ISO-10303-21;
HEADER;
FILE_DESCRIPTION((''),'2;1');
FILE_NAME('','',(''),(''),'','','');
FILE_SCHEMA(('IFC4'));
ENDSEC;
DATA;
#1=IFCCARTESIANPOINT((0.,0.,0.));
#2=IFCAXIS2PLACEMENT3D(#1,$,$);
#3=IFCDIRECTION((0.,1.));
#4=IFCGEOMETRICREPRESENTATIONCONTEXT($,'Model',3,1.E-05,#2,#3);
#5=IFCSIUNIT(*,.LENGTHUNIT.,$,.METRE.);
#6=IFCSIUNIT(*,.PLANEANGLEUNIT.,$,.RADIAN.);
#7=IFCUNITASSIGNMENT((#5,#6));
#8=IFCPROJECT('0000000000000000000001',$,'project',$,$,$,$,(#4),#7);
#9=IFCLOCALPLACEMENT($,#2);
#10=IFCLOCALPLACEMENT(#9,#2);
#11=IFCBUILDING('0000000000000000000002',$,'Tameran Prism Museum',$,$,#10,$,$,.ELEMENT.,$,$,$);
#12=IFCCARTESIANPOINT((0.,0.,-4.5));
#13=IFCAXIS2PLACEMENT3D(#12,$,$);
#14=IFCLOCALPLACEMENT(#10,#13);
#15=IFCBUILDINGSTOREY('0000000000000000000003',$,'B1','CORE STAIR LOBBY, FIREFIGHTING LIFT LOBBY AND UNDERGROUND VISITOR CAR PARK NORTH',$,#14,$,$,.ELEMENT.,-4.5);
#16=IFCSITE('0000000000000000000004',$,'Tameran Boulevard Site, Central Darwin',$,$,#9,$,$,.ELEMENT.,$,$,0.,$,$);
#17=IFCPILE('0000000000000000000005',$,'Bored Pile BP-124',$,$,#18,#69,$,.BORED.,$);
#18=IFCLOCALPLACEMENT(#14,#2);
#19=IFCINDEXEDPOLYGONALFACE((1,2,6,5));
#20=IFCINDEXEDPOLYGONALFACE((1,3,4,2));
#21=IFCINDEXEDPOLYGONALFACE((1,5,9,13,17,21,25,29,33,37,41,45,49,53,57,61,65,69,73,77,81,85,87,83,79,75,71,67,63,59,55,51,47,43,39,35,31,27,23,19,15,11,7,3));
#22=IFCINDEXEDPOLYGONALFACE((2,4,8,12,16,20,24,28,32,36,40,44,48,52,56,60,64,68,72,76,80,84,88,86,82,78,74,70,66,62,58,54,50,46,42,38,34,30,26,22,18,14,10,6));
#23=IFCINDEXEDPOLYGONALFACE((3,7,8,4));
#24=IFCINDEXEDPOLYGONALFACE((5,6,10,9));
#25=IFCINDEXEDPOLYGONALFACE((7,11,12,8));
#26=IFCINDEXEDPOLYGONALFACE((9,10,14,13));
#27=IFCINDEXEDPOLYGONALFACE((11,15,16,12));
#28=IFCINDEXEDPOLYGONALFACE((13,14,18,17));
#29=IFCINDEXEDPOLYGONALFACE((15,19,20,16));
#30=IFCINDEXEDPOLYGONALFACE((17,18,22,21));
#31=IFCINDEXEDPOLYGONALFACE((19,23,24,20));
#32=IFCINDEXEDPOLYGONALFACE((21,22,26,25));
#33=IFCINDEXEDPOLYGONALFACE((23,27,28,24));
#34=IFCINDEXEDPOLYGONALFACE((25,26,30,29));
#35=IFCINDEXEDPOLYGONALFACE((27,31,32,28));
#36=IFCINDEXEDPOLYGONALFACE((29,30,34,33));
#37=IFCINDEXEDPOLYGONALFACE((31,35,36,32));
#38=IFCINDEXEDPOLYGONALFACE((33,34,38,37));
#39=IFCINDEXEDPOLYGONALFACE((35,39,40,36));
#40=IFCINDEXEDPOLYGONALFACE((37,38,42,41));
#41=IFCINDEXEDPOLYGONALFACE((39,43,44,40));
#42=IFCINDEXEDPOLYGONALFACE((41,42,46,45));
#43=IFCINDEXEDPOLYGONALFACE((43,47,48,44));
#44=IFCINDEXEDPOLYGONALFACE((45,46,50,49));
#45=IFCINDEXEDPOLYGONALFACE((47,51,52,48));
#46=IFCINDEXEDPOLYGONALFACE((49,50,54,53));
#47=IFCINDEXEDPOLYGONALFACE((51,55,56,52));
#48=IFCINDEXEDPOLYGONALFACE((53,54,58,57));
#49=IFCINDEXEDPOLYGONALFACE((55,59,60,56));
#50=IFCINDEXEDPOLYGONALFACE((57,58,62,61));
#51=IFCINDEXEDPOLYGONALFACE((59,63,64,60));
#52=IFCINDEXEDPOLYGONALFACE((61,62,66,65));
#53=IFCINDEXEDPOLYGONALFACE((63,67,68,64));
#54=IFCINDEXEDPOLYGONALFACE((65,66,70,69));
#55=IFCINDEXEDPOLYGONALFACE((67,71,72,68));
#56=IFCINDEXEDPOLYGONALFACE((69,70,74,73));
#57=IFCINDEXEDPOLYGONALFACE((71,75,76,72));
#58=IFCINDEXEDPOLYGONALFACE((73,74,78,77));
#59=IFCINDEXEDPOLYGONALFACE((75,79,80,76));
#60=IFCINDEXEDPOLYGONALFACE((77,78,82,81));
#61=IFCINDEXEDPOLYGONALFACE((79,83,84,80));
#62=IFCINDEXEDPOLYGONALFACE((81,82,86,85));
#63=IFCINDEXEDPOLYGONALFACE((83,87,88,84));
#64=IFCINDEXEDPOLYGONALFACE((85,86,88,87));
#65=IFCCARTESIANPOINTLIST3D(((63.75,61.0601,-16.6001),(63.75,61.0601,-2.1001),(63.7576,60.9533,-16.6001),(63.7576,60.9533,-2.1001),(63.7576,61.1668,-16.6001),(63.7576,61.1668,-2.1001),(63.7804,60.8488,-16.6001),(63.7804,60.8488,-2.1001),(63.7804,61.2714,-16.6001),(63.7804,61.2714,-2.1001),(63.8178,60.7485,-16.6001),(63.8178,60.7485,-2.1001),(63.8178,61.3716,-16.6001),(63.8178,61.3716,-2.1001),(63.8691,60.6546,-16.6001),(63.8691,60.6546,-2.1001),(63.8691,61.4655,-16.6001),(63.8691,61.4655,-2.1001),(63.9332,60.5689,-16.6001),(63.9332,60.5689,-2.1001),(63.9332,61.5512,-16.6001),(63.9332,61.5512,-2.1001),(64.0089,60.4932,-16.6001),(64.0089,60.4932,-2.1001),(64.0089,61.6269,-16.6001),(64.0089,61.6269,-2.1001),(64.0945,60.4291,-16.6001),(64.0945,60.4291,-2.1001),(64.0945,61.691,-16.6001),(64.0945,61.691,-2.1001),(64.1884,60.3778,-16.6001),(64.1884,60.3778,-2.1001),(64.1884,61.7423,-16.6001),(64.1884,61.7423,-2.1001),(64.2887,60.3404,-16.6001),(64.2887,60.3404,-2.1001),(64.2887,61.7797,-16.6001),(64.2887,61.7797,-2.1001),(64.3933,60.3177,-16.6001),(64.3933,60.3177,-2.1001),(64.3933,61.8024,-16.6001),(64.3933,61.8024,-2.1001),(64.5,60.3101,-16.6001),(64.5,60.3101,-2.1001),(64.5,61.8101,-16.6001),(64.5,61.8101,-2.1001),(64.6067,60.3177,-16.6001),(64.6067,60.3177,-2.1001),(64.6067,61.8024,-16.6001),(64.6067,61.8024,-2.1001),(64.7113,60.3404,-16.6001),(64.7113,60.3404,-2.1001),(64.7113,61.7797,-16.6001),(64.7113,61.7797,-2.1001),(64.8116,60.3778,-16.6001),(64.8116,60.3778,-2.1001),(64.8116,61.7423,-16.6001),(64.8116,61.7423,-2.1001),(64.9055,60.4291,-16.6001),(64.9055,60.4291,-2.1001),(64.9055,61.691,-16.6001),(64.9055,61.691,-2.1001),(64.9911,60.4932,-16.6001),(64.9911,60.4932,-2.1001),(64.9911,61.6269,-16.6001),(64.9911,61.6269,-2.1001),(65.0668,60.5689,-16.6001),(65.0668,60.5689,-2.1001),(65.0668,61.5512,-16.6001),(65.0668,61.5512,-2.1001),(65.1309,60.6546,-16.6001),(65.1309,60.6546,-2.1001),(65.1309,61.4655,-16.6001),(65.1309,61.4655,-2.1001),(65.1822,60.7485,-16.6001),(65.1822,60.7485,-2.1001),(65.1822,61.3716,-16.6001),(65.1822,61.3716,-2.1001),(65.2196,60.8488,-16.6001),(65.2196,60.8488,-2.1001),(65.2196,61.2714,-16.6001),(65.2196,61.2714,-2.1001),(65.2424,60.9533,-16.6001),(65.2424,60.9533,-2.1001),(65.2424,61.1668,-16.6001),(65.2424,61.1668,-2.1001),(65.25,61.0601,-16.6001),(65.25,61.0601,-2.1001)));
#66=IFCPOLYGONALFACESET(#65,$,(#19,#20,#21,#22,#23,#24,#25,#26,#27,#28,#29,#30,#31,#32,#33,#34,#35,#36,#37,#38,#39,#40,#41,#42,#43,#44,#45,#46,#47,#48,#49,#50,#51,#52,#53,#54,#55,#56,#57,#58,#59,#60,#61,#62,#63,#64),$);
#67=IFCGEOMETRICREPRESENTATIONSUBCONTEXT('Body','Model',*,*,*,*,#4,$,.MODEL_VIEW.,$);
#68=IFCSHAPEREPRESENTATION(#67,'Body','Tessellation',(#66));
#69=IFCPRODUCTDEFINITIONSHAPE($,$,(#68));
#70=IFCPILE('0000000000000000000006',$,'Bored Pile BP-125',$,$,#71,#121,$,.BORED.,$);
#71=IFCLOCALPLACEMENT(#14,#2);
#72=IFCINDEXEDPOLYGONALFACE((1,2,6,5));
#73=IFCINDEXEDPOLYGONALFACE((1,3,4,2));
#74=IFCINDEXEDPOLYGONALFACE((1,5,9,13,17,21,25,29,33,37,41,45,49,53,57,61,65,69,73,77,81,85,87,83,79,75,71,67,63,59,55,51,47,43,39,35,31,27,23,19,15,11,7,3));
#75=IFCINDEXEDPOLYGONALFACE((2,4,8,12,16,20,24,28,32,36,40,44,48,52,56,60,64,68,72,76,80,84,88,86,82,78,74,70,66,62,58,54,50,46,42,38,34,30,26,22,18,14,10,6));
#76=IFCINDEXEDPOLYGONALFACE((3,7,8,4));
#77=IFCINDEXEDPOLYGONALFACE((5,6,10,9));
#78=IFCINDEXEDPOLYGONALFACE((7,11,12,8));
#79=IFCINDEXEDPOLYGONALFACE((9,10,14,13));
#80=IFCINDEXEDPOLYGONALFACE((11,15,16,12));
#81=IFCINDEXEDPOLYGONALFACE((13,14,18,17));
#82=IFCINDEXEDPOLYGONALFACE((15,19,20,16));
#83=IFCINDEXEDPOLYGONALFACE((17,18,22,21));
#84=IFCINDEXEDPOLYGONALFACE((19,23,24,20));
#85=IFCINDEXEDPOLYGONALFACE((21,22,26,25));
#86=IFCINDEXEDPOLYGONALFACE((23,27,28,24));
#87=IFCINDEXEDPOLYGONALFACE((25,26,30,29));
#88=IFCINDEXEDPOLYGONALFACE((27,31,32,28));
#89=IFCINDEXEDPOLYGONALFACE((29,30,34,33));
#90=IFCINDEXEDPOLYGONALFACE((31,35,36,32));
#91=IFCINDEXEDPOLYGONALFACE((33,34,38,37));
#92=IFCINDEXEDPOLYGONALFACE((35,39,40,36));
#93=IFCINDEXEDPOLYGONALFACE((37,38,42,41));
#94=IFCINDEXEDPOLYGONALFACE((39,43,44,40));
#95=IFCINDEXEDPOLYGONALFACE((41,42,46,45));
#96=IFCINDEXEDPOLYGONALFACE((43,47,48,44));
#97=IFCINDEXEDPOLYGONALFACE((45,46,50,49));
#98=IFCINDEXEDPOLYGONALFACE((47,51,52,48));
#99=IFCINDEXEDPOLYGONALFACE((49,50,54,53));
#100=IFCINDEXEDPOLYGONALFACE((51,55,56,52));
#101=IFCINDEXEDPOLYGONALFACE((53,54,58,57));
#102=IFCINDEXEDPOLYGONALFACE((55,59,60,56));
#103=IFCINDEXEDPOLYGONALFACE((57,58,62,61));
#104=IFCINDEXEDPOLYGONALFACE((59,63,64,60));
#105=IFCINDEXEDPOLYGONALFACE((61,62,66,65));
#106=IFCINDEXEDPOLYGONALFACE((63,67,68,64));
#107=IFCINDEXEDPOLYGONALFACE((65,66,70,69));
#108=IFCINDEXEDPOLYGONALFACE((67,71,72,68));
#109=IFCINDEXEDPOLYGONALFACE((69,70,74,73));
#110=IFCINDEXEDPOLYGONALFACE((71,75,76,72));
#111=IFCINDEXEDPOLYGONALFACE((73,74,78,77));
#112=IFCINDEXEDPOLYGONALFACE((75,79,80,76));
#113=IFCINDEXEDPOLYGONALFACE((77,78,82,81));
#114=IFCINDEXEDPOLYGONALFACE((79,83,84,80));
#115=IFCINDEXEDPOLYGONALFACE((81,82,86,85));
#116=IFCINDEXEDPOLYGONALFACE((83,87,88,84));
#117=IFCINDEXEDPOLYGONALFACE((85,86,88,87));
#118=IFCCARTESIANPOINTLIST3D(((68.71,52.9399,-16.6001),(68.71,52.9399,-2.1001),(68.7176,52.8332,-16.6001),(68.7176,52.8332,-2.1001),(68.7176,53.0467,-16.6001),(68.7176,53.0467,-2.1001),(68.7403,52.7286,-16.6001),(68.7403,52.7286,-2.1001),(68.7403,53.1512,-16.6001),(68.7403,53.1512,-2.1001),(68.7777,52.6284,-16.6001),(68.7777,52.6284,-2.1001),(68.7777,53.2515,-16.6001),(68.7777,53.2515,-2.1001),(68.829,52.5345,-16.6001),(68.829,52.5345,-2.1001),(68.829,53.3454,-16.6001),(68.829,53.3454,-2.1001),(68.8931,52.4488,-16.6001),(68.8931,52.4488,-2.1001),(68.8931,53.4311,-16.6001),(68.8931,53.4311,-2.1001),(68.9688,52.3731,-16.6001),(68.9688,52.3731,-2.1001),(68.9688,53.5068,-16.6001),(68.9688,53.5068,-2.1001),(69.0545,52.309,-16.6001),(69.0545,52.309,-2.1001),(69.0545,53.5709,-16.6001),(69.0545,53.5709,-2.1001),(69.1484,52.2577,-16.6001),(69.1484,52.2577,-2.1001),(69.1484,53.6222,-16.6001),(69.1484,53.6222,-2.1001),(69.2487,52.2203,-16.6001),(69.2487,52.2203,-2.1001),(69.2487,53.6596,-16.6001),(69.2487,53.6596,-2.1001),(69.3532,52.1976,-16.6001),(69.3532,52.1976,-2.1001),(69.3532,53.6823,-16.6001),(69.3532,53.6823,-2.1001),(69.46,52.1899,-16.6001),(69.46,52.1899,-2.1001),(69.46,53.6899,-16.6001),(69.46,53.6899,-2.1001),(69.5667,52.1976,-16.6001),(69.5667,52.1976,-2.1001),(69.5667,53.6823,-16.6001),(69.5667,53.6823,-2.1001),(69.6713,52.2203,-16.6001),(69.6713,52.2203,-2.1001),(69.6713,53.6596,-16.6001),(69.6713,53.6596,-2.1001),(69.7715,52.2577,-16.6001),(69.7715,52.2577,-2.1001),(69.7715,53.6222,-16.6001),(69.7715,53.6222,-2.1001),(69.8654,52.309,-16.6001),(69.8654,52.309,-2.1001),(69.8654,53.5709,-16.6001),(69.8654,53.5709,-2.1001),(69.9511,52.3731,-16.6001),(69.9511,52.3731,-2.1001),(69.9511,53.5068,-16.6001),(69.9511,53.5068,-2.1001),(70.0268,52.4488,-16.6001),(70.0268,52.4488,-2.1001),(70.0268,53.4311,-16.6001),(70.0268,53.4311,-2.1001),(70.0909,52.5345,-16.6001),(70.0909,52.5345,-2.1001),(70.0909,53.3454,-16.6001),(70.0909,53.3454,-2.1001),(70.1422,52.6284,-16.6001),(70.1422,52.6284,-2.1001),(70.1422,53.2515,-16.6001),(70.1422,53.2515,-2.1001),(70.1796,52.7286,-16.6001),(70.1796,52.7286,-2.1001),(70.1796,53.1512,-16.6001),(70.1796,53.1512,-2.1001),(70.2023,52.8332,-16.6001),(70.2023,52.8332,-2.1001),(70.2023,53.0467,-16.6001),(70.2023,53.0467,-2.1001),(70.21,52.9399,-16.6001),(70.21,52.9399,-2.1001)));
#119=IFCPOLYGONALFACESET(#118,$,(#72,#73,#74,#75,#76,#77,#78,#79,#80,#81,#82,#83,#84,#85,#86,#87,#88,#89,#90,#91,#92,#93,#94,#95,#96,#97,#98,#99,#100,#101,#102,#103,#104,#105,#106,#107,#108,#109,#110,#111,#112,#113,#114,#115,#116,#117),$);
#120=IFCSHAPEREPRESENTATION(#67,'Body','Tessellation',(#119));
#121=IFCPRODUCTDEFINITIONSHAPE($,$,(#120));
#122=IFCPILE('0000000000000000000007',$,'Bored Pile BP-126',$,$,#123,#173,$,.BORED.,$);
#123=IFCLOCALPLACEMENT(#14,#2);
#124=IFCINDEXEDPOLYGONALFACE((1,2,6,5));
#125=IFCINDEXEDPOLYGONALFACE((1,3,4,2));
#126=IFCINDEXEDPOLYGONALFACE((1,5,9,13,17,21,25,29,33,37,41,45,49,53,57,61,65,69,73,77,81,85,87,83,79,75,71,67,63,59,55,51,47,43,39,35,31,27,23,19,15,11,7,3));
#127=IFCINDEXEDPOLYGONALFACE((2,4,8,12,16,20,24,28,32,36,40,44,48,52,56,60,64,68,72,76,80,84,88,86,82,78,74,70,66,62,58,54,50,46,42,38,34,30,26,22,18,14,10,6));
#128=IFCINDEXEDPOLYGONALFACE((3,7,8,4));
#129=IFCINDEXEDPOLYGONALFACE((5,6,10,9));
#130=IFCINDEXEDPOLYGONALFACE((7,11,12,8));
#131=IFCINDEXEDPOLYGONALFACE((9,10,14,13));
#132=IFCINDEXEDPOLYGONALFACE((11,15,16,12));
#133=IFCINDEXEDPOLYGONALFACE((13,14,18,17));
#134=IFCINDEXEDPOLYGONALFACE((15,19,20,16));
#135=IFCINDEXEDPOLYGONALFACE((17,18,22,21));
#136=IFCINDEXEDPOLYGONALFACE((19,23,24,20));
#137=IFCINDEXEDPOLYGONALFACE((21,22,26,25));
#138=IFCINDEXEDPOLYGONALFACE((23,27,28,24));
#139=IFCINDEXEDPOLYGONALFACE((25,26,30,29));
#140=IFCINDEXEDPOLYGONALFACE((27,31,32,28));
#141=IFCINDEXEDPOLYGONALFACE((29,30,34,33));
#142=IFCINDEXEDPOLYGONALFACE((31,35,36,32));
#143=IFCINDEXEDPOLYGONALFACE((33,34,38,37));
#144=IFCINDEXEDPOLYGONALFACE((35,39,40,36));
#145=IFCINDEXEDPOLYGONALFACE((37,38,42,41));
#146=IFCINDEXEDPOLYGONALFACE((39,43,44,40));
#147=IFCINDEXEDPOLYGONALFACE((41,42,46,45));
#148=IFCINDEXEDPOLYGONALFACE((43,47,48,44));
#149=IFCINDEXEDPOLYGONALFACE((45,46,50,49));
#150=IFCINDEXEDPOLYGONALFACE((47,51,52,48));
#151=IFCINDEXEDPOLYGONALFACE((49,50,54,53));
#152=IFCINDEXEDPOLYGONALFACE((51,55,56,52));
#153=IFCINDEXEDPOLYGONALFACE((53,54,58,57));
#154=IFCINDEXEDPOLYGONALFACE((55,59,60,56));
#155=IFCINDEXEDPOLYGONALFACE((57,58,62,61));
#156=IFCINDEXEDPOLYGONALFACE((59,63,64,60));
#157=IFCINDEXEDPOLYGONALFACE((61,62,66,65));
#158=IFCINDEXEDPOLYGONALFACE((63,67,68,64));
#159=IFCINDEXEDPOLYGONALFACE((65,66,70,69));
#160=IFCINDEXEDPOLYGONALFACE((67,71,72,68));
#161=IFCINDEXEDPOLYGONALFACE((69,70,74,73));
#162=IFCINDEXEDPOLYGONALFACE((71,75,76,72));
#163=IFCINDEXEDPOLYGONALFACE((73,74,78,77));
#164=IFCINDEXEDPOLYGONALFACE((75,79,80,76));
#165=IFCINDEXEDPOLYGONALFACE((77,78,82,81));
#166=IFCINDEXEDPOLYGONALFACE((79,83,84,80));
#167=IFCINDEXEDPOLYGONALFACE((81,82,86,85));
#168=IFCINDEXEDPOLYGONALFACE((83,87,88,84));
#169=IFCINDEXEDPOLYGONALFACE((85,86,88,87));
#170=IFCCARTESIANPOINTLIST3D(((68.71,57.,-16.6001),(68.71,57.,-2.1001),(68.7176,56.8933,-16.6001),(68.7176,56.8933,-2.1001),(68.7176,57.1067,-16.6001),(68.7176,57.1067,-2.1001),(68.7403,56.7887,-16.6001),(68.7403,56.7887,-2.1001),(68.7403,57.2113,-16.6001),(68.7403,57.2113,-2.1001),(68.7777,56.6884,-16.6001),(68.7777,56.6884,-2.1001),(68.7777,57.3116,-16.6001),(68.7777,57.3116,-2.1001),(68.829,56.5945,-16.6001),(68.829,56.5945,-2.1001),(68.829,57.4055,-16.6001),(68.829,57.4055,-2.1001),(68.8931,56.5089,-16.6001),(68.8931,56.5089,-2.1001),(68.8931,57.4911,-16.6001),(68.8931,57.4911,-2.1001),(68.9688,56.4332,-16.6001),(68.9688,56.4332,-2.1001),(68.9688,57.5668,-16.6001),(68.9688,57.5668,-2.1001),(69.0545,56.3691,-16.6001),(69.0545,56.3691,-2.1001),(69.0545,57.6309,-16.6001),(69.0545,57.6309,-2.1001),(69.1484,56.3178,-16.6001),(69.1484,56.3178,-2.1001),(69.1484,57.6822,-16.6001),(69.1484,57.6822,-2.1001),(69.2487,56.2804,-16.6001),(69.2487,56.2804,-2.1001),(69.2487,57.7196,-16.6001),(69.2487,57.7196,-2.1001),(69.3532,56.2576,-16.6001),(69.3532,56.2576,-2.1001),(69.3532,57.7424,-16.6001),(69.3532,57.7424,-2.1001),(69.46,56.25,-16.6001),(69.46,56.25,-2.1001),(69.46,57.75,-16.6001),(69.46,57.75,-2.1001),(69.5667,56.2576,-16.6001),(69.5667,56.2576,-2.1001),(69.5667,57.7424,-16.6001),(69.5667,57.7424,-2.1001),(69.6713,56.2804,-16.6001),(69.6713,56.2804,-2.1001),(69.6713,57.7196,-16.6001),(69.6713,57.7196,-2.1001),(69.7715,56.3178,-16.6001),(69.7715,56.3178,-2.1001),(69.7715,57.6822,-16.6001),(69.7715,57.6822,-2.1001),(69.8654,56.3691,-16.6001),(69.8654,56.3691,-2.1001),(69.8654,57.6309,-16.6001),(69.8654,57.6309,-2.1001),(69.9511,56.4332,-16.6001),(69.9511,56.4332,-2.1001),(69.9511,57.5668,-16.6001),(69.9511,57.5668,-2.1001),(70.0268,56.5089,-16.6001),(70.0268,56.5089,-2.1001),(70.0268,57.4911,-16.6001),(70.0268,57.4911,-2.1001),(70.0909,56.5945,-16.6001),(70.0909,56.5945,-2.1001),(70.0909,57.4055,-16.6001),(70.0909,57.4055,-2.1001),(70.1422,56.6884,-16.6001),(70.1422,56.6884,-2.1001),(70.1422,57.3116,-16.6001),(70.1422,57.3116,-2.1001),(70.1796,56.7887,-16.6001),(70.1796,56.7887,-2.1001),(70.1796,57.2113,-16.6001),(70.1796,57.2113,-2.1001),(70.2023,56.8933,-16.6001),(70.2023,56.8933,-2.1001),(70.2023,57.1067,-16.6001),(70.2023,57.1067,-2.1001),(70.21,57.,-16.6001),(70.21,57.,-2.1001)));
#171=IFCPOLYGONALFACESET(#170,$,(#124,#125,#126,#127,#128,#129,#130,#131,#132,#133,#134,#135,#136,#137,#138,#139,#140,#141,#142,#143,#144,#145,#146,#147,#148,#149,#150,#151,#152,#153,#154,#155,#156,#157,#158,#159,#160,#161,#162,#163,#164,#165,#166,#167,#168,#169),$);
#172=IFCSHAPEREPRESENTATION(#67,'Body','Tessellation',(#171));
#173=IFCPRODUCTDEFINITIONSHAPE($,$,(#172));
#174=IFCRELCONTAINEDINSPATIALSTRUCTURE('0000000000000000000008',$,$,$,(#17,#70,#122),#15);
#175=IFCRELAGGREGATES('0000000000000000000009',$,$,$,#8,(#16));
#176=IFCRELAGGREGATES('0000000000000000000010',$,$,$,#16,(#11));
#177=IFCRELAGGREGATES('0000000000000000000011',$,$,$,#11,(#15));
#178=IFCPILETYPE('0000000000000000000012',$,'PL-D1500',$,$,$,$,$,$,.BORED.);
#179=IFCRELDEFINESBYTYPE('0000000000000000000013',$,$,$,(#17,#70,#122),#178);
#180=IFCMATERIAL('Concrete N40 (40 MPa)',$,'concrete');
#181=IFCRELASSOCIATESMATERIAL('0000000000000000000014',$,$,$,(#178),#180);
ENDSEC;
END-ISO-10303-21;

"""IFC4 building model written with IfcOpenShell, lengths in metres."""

from ifc_helpers import new_model, si_unit, direction, frame, origin, origin_2d, place, context, subcontext, project, spatial, circle, extrude, material, material_profile, profile_set, type_object, element, save


model = new_model("IFC4")

# Units and contexts
model_context = context("Model", 3, precision=1e-05, world=origin(), true_north=direction((0.0, 1.0)))
body_context = subcontext(model_context, "Body", "Model", "MODEL_VIEW")
ifc_project = project(units=[si_unit("LENGTHUNIT", "METRE"), si_unit("PLANEANGLEUNIT", "RADIAN")], contexts=[model_context])

# Site, building, storey
site_placement = place(None, origin())
site = spatial("IfcSite", under=ifc_project, at=site_placement, Name="Tameran Boulevard Site, Central Darwin", CompositionType="ELEMENT", RefElevation=0.0)
building_placement = place(site_placement, origin())
building = spatial("IfcBuilding", under=site, at=building_placement, Name="Tameran Prism Museum", CompositionType="ELEMENT")
storey_placement = place(building_placement, frame((0.0, 0.0, -4.5)))
storey = spatial("IfcBuildingStorey", under=building, at=storey_placement, Name="B1", Description="CORE STAIR LOBBY, FIREFIGHTING LIFT LOBBY AND UNDERGROUND VISITOR CAR PARK NORTH", CompositionType="ELEMENT", Elevation=-4.5)

# Piles
ifc_material_1 = material(Name="Concrete N40 (40 MPa)", Category="concrete")
ifc_material_profile_1 = material_profile(ifc_material_1, circle(Radius=0.75, at=origin_2d()))
ifc_profile_set_1 = profile_set([ifc_material_profile_1])
pile_type_1 = type_object("IfcPileType", Name="PL-D1500", PredefinedType="BORED", material=ifc_profile_set_1)
for number, where, z_axis, x_axis, name in (
    (1, (64.5, 61.0601, -2.1001), (0.0, 0.0, -1.0), (1.0, 0.0, 0.0), "Bored Pile BP-124"),
    (2, (69.46, 52.9399, -2.1001), (0.0, 0.0, -1.0), (1.0, 0.0, 0.0), "Bored Pile BP-125"),
    (3, (69.46, 57.0, -2.1001), (0.0, 0.0, -1.0), (1.0, 0.0, 0.0), "Bored Pile BP-126"),
):
    element("IfcPile", number, at=place(storey_placement, frame(where, z_axis=z_axis, x_axis=x_axis)), inside=storey, type_object=pile_type_1, Name=name, PredefinedType="BORED", context=body_context, shape_type="SweptSolid", body=[
        extrude(circle(Radius=0.75, at=origin_2d()), origin(), (0.0, 0.0, 1.0), 14.5),
    ])

save(model, "model.ifc")
